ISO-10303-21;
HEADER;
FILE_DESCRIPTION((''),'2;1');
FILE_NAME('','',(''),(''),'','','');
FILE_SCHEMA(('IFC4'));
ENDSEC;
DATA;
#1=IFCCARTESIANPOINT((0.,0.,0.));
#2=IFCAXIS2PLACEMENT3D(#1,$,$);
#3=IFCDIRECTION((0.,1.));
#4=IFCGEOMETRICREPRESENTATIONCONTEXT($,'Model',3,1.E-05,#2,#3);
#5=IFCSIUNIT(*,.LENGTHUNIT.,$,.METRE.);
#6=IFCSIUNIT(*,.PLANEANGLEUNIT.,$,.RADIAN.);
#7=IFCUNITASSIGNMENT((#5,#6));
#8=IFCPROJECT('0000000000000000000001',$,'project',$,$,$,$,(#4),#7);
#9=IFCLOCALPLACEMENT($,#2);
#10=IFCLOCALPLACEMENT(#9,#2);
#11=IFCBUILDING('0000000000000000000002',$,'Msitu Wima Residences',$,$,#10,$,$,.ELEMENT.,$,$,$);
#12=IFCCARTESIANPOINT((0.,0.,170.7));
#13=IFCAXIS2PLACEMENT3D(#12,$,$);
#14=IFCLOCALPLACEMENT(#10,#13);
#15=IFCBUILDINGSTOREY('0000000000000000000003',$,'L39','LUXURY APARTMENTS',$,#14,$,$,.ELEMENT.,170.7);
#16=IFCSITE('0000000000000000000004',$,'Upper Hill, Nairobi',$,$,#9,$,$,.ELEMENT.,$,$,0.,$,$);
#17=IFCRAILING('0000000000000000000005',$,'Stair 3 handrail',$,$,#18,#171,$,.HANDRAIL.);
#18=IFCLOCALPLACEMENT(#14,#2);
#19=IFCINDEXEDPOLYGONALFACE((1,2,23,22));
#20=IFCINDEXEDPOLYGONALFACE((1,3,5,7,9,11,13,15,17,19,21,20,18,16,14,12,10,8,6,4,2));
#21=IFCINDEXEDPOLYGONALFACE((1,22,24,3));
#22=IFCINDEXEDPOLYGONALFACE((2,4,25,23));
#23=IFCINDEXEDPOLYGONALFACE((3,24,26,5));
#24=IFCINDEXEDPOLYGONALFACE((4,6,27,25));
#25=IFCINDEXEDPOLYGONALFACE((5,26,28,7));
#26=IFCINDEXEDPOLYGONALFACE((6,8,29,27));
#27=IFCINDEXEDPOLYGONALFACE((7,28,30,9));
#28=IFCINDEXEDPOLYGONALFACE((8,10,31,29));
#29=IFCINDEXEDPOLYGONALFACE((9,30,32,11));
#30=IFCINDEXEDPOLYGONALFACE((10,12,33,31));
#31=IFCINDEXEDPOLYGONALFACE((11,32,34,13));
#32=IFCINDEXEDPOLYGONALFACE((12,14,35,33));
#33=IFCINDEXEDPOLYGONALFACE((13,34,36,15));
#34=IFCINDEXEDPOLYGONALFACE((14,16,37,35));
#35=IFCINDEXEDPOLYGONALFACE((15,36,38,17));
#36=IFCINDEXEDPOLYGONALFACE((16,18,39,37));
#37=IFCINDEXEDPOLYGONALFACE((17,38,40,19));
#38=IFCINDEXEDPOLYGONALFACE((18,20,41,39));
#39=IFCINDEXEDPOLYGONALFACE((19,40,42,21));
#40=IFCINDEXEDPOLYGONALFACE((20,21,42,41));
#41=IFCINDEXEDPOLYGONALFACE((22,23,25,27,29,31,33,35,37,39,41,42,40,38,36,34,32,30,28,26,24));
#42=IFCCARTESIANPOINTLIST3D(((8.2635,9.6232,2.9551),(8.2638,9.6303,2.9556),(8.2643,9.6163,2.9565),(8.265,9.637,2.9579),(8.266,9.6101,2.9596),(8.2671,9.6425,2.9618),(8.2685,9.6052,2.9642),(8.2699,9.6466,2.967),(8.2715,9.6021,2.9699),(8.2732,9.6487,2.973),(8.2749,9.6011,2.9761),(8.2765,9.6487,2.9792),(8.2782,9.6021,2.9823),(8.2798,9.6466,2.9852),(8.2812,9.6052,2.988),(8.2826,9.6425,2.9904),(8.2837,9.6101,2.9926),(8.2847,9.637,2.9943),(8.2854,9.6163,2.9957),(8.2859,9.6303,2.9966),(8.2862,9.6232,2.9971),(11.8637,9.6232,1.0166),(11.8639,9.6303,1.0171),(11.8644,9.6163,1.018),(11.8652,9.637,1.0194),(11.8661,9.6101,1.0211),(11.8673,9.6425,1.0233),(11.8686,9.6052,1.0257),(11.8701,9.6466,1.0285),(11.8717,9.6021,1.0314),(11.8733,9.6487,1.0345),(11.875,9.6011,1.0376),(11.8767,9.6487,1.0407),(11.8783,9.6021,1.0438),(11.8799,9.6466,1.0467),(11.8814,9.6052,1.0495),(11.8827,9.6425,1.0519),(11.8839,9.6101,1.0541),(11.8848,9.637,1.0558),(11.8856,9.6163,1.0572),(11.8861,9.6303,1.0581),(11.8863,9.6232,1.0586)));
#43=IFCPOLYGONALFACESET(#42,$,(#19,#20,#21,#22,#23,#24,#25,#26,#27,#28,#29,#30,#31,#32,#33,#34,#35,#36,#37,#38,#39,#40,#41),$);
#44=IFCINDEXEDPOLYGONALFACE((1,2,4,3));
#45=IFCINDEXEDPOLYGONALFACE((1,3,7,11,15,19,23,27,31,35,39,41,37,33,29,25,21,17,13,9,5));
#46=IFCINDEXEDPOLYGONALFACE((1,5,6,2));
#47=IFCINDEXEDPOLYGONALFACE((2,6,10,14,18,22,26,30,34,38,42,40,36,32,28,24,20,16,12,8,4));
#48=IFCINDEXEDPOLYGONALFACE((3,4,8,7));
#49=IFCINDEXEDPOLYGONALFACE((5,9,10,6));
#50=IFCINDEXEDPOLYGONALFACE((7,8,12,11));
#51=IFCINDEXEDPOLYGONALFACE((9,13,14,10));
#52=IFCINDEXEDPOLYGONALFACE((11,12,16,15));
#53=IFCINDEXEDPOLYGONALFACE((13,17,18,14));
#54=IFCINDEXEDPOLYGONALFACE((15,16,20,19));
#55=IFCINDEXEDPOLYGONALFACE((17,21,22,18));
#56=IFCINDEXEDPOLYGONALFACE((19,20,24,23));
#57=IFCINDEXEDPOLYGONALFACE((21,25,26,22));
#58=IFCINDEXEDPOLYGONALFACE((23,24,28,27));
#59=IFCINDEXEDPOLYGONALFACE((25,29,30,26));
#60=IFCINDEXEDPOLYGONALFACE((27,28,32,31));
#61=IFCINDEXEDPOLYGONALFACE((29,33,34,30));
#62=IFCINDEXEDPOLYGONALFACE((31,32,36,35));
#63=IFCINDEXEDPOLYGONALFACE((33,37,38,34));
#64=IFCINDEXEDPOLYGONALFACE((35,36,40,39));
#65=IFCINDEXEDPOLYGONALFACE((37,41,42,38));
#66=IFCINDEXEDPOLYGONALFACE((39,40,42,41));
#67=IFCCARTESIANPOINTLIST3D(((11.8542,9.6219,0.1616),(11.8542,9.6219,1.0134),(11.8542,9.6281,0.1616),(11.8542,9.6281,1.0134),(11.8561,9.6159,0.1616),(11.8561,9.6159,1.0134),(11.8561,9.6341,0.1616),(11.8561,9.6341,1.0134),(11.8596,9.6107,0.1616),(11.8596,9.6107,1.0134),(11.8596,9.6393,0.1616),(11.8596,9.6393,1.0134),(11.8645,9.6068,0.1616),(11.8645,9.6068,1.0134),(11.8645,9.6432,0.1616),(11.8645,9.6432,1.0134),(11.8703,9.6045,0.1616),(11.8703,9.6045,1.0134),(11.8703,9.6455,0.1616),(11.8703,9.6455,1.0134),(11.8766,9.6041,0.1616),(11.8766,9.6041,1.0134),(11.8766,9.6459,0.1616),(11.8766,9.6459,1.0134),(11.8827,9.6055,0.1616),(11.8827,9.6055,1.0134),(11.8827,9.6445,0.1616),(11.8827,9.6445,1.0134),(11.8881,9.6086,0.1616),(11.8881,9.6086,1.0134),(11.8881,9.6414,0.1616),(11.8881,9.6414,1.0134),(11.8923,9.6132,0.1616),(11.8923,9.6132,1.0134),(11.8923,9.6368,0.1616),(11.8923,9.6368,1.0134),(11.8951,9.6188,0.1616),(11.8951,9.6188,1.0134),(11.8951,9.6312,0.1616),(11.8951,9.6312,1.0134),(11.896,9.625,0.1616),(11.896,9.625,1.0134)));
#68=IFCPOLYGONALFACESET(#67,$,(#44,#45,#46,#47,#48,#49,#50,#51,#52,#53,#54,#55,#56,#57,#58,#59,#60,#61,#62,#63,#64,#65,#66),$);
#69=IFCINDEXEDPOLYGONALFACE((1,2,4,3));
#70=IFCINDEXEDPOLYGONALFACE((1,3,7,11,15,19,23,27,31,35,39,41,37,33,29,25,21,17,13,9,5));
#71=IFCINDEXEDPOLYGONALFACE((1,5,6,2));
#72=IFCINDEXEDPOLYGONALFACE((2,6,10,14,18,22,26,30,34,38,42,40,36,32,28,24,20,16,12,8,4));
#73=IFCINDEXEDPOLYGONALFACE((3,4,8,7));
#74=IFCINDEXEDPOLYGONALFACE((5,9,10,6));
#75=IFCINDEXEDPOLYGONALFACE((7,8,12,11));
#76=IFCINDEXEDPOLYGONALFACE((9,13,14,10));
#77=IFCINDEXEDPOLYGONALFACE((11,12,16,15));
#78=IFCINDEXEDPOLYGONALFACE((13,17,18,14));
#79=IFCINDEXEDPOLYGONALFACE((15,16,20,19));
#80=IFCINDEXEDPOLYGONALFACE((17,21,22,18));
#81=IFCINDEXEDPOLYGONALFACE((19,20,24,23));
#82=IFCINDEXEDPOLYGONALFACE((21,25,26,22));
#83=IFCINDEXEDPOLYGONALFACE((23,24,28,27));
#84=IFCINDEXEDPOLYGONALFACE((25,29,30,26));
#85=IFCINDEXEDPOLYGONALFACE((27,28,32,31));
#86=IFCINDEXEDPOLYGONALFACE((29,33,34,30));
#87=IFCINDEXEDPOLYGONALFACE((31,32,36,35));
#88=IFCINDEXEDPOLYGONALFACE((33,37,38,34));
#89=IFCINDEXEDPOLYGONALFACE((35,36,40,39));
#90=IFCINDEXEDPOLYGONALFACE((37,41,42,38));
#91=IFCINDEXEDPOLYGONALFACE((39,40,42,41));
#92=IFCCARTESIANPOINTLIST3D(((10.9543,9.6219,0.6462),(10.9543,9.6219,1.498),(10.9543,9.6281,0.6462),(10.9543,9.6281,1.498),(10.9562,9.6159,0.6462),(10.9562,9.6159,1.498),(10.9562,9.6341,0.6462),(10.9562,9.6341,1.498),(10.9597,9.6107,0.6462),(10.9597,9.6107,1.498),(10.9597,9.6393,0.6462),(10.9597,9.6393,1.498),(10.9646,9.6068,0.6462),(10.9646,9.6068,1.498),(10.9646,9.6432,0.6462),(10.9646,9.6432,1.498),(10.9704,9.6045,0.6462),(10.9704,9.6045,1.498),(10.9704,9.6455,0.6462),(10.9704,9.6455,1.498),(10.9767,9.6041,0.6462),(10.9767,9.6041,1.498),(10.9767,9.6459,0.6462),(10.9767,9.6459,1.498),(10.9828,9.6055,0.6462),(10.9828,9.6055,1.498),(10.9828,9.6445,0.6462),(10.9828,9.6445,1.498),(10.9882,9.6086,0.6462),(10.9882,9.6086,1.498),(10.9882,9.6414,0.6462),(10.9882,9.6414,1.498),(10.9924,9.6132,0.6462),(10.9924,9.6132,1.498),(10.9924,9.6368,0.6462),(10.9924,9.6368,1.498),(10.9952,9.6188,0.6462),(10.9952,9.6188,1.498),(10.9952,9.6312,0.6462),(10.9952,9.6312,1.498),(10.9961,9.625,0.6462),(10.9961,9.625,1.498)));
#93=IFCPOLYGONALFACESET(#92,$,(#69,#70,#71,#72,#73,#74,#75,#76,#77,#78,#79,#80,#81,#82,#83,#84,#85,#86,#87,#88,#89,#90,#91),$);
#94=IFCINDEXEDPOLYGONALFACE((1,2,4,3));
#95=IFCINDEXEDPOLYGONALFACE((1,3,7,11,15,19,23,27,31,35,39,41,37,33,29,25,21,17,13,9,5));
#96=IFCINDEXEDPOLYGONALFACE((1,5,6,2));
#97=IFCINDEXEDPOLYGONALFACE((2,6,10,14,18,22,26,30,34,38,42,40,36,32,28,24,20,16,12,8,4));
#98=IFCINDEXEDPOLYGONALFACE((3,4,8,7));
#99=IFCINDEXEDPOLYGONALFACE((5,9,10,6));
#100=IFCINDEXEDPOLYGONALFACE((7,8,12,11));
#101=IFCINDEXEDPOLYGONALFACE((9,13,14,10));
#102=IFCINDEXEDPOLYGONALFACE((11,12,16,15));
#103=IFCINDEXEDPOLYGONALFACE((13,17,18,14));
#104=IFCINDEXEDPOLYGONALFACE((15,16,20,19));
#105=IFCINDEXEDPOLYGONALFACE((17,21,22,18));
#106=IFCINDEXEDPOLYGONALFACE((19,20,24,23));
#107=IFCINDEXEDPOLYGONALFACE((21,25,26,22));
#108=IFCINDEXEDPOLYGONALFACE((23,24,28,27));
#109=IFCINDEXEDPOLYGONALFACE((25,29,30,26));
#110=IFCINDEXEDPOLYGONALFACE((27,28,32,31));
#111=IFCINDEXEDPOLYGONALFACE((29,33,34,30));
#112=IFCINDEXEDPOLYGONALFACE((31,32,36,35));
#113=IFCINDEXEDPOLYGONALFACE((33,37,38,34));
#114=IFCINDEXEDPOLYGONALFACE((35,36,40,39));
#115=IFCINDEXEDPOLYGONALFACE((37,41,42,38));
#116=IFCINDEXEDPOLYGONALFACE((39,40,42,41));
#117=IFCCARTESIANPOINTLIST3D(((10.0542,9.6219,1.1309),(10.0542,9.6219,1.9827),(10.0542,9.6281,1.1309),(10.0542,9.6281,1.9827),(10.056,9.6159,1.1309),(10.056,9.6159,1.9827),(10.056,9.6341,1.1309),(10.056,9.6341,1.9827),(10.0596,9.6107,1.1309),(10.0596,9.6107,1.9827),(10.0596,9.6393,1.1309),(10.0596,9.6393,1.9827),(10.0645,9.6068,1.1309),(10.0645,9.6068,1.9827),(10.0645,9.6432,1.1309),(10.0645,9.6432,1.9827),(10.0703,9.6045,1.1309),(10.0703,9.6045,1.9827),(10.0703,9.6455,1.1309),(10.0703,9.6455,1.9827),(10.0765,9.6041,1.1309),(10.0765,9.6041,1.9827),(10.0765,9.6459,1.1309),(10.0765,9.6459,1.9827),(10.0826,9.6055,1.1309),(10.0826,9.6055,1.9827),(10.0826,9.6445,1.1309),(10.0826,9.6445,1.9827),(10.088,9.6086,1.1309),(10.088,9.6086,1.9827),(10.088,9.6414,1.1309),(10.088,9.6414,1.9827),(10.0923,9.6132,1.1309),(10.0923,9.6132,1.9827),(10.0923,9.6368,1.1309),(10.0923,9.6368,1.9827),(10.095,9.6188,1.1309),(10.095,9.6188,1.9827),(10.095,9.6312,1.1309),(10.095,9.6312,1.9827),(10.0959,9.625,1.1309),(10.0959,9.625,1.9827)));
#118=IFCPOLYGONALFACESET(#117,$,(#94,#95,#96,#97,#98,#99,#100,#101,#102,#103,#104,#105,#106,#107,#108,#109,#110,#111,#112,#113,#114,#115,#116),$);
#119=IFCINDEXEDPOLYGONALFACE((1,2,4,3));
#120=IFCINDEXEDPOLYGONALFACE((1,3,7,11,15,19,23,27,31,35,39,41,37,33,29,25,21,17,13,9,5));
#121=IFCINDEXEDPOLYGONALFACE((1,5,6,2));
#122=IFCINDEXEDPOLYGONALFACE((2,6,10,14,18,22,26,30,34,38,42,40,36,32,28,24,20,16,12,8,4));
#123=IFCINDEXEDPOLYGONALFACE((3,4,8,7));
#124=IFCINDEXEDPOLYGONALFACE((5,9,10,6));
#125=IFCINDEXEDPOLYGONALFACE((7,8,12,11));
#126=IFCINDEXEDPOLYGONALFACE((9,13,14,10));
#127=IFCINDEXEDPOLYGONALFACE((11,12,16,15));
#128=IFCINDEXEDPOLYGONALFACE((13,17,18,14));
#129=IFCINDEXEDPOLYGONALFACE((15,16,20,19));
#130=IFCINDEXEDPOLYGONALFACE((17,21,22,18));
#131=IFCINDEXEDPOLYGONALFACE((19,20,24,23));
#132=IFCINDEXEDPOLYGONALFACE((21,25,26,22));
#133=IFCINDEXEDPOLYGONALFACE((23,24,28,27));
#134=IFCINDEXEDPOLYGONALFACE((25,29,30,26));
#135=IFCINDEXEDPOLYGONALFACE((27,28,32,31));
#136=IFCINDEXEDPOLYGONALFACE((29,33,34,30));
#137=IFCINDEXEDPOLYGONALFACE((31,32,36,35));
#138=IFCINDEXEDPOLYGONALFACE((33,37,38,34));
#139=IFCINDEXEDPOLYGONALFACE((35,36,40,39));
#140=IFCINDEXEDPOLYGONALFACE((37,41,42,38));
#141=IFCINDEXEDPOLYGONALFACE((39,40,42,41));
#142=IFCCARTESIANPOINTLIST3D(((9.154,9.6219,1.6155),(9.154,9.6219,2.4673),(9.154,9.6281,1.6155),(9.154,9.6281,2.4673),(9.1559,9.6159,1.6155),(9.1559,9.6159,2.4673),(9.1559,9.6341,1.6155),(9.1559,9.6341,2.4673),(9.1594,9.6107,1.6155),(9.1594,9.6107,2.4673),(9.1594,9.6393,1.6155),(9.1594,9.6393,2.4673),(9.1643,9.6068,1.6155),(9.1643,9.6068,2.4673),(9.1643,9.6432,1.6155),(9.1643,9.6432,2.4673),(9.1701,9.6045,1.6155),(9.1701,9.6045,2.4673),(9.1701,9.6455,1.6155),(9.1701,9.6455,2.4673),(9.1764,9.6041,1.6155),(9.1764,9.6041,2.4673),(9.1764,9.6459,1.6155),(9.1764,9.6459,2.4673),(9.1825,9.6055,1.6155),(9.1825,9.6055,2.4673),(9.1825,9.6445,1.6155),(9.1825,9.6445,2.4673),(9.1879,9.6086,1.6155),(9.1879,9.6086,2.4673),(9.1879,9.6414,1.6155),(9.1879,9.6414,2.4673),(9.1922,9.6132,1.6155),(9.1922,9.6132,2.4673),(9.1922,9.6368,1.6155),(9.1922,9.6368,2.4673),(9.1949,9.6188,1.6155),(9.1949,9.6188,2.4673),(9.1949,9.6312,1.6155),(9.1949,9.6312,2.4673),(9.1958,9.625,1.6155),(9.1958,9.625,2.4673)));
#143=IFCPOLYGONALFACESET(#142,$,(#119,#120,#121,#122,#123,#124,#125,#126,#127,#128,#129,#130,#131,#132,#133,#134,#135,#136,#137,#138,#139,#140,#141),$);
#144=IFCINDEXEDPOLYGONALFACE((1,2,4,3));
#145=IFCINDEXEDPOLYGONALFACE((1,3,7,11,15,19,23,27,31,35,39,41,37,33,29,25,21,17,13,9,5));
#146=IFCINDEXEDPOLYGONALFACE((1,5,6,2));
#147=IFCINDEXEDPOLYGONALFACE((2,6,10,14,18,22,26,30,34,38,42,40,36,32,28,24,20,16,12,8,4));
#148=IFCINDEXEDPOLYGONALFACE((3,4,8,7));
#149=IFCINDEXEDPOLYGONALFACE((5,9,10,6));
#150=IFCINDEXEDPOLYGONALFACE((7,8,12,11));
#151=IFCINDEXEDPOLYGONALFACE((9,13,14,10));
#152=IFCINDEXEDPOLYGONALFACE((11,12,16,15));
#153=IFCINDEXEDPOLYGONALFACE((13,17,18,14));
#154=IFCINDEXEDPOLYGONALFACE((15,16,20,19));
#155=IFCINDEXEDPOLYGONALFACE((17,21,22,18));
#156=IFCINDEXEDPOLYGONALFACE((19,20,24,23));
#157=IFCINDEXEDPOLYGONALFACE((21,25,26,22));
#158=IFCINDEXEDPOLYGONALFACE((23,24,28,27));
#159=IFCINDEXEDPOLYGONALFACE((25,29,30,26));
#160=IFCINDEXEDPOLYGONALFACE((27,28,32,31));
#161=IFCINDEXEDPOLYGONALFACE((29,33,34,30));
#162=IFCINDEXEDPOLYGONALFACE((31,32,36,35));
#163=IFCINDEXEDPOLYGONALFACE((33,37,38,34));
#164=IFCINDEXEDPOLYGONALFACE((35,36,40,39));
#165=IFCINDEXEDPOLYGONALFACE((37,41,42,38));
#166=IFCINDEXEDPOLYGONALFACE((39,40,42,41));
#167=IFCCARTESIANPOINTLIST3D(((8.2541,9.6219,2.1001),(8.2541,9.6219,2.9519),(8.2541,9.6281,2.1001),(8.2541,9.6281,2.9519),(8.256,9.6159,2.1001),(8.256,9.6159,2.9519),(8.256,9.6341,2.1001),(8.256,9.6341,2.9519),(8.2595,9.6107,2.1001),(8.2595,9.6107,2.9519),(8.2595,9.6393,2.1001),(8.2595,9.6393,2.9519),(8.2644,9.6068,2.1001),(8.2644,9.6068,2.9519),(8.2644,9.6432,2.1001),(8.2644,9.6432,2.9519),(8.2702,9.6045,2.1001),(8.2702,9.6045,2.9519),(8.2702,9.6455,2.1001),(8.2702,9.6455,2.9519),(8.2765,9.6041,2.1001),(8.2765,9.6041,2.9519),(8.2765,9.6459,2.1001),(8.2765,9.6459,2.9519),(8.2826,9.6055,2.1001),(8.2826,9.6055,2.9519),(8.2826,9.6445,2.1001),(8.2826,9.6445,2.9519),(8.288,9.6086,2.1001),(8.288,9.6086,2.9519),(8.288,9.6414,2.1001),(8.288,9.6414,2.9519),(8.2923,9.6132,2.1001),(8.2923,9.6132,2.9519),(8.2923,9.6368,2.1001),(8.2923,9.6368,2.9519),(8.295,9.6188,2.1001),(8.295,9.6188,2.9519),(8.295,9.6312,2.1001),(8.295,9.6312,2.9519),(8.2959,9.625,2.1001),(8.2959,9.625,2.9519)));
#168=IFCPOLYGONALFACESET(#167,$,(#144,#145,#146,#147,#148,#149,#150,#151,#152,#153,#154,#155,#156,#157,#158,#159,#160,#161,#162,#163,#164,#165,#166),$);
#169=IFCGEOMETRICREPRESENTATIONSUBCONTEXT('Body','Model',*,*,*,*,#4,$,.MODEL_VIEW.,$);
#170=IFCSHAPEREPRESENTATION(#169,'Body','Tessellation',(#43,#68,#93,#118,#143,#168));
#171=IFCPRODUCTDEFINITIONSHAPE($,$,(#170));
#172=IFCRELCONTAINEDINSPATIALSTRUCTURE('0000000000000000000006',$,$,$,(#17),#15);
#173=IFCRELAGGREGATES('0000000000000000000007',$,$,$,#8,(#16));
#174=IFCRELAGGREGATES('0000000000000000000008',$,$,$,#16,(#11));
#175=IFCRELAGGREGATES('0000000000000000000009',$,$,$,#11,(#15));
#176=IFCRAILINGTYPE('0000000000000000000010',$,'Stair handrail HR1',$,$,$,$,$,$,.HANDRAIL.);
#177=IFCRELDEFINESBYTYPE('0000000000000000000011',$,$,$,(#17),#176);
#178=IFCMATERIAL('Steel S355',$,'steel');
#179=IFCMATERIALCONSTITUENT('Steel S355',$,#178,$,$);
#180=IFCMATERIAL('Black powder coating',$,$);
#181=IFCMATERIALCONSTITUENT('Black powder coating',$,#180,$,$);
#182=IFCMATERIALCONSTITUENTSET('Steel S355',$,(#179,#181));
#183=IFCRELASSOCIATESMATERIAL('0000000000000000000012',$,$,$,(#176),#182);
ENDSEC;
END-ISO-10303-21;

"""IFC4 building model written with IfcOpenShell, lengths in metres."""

from ifc_helpers import new_model, si_unit, direction, frame, origin, origin_2d, place, context, subcontext, project, spatial, circle, extrude, material, constituent, constituent_set, type_object, element, save


model = new_model("IFC4")

# Units and contexts
model_context = context("Model", 3, precision=1e-05, world=origin(), true_north=direction((0.0, 1.0)))
body_context = subcontext(model_context, "Body", "Model", "MODEL_VIEW")
ifc_project = project(units=[si_unit("LENGTHUNIT", "METRE"), si_unit("PLANEANGLEUNIT", "RADIAN")], contexts=[model_context])

# Site, building, storey
site_placement = place(None, origin())
site = spatial("IfcSite", under=ifc_project, at=site_placement, Name="Upper Hill, Nairobi", CompositionType="ELEMENT", RefElevation=0.0)
building_placement = place(site_placement, origin())
building = spatial("IfcBuilding", under=site, at=building_placement, Name="Msitu Wima Residences", CompositionType="ELEMENT")
storey_placement = place(building_placement, frame((0.0, 0.0, 170.7)))
storey = spatial("IfcBuildingStorey", under=building, at=storey_placement, Name="L39", Description="LUXURY APARTMENTS", CompositionType="ELEMENT", Elevation=170.7)

# Railing
ifc_material_1 = material(Name="Steel S355", Category="steel")
ifc_constituent_1 = constituent(ifc_material_1, Name="Steel S355")
ifc_material_2 = material(Name="Black powder coating")
ifc_constituent_2 = constituent(ifc_material_2, Name="Black powder coating")
ifc_constituent_set = constituent_set(constituents=[ifc_constituent_1, ifc_constituent_2], Name="Steel S355")
railing_type = type_object("IfcRailingType", Name="Stair handrail HR1", PredefinedType="HANDRAIL", material=ifc_constituent_set)
railing_placement = place(storey_placement, frame((11.875, 9.625, 0.1616)))
element("IfcRailing", 1, at=railing_placement, inside=storey, type_object=railing_type, Name="Stair 3 handrail", PredefinedType="HANDRAIL", context=body_context, shape_type="SweptSolid", body=[
    extrude(circle(Radius=0.0239, at=origin_2d()), frame((0.0, 0.0, 0.876), z_axis=(-0.880475, 0.0, 0.474093), x_axis=(0.0, -1.0, 0.0)), (0.0, 0.0, 1.0), 4.0889),
    extrude(circle(Radius=0.021, at=origin_2d()), origin(), (0.0, 0.0, 1.0), 0.8518),
    extrude(circle(Radius=0.021, at=origin_2d()), frame((-0.8999, 0.0, 0.4846)), (0.0, 0.0, 1.0), 0.8518),
    extrude(circle(Radius=0.021, at=origin_2d()), frame((-1.8, 0.0, 0.9692)), (0.0, 0.0, 1.0), 0.8518),
    extrude(circle(Radius=0.021, at=origin_2d()), frame((-2.7002, 0.0, 1.4539)), (0.0, 0.0, 1.0), 0.8518),
    extrude(circle(Radius=0.021, at=origin_2d()), frame((-3.6001, 0.0, 1.9385)), (0.0, 0.0, 1.0), 0.8518),
])

save(model, "model.ifc")
